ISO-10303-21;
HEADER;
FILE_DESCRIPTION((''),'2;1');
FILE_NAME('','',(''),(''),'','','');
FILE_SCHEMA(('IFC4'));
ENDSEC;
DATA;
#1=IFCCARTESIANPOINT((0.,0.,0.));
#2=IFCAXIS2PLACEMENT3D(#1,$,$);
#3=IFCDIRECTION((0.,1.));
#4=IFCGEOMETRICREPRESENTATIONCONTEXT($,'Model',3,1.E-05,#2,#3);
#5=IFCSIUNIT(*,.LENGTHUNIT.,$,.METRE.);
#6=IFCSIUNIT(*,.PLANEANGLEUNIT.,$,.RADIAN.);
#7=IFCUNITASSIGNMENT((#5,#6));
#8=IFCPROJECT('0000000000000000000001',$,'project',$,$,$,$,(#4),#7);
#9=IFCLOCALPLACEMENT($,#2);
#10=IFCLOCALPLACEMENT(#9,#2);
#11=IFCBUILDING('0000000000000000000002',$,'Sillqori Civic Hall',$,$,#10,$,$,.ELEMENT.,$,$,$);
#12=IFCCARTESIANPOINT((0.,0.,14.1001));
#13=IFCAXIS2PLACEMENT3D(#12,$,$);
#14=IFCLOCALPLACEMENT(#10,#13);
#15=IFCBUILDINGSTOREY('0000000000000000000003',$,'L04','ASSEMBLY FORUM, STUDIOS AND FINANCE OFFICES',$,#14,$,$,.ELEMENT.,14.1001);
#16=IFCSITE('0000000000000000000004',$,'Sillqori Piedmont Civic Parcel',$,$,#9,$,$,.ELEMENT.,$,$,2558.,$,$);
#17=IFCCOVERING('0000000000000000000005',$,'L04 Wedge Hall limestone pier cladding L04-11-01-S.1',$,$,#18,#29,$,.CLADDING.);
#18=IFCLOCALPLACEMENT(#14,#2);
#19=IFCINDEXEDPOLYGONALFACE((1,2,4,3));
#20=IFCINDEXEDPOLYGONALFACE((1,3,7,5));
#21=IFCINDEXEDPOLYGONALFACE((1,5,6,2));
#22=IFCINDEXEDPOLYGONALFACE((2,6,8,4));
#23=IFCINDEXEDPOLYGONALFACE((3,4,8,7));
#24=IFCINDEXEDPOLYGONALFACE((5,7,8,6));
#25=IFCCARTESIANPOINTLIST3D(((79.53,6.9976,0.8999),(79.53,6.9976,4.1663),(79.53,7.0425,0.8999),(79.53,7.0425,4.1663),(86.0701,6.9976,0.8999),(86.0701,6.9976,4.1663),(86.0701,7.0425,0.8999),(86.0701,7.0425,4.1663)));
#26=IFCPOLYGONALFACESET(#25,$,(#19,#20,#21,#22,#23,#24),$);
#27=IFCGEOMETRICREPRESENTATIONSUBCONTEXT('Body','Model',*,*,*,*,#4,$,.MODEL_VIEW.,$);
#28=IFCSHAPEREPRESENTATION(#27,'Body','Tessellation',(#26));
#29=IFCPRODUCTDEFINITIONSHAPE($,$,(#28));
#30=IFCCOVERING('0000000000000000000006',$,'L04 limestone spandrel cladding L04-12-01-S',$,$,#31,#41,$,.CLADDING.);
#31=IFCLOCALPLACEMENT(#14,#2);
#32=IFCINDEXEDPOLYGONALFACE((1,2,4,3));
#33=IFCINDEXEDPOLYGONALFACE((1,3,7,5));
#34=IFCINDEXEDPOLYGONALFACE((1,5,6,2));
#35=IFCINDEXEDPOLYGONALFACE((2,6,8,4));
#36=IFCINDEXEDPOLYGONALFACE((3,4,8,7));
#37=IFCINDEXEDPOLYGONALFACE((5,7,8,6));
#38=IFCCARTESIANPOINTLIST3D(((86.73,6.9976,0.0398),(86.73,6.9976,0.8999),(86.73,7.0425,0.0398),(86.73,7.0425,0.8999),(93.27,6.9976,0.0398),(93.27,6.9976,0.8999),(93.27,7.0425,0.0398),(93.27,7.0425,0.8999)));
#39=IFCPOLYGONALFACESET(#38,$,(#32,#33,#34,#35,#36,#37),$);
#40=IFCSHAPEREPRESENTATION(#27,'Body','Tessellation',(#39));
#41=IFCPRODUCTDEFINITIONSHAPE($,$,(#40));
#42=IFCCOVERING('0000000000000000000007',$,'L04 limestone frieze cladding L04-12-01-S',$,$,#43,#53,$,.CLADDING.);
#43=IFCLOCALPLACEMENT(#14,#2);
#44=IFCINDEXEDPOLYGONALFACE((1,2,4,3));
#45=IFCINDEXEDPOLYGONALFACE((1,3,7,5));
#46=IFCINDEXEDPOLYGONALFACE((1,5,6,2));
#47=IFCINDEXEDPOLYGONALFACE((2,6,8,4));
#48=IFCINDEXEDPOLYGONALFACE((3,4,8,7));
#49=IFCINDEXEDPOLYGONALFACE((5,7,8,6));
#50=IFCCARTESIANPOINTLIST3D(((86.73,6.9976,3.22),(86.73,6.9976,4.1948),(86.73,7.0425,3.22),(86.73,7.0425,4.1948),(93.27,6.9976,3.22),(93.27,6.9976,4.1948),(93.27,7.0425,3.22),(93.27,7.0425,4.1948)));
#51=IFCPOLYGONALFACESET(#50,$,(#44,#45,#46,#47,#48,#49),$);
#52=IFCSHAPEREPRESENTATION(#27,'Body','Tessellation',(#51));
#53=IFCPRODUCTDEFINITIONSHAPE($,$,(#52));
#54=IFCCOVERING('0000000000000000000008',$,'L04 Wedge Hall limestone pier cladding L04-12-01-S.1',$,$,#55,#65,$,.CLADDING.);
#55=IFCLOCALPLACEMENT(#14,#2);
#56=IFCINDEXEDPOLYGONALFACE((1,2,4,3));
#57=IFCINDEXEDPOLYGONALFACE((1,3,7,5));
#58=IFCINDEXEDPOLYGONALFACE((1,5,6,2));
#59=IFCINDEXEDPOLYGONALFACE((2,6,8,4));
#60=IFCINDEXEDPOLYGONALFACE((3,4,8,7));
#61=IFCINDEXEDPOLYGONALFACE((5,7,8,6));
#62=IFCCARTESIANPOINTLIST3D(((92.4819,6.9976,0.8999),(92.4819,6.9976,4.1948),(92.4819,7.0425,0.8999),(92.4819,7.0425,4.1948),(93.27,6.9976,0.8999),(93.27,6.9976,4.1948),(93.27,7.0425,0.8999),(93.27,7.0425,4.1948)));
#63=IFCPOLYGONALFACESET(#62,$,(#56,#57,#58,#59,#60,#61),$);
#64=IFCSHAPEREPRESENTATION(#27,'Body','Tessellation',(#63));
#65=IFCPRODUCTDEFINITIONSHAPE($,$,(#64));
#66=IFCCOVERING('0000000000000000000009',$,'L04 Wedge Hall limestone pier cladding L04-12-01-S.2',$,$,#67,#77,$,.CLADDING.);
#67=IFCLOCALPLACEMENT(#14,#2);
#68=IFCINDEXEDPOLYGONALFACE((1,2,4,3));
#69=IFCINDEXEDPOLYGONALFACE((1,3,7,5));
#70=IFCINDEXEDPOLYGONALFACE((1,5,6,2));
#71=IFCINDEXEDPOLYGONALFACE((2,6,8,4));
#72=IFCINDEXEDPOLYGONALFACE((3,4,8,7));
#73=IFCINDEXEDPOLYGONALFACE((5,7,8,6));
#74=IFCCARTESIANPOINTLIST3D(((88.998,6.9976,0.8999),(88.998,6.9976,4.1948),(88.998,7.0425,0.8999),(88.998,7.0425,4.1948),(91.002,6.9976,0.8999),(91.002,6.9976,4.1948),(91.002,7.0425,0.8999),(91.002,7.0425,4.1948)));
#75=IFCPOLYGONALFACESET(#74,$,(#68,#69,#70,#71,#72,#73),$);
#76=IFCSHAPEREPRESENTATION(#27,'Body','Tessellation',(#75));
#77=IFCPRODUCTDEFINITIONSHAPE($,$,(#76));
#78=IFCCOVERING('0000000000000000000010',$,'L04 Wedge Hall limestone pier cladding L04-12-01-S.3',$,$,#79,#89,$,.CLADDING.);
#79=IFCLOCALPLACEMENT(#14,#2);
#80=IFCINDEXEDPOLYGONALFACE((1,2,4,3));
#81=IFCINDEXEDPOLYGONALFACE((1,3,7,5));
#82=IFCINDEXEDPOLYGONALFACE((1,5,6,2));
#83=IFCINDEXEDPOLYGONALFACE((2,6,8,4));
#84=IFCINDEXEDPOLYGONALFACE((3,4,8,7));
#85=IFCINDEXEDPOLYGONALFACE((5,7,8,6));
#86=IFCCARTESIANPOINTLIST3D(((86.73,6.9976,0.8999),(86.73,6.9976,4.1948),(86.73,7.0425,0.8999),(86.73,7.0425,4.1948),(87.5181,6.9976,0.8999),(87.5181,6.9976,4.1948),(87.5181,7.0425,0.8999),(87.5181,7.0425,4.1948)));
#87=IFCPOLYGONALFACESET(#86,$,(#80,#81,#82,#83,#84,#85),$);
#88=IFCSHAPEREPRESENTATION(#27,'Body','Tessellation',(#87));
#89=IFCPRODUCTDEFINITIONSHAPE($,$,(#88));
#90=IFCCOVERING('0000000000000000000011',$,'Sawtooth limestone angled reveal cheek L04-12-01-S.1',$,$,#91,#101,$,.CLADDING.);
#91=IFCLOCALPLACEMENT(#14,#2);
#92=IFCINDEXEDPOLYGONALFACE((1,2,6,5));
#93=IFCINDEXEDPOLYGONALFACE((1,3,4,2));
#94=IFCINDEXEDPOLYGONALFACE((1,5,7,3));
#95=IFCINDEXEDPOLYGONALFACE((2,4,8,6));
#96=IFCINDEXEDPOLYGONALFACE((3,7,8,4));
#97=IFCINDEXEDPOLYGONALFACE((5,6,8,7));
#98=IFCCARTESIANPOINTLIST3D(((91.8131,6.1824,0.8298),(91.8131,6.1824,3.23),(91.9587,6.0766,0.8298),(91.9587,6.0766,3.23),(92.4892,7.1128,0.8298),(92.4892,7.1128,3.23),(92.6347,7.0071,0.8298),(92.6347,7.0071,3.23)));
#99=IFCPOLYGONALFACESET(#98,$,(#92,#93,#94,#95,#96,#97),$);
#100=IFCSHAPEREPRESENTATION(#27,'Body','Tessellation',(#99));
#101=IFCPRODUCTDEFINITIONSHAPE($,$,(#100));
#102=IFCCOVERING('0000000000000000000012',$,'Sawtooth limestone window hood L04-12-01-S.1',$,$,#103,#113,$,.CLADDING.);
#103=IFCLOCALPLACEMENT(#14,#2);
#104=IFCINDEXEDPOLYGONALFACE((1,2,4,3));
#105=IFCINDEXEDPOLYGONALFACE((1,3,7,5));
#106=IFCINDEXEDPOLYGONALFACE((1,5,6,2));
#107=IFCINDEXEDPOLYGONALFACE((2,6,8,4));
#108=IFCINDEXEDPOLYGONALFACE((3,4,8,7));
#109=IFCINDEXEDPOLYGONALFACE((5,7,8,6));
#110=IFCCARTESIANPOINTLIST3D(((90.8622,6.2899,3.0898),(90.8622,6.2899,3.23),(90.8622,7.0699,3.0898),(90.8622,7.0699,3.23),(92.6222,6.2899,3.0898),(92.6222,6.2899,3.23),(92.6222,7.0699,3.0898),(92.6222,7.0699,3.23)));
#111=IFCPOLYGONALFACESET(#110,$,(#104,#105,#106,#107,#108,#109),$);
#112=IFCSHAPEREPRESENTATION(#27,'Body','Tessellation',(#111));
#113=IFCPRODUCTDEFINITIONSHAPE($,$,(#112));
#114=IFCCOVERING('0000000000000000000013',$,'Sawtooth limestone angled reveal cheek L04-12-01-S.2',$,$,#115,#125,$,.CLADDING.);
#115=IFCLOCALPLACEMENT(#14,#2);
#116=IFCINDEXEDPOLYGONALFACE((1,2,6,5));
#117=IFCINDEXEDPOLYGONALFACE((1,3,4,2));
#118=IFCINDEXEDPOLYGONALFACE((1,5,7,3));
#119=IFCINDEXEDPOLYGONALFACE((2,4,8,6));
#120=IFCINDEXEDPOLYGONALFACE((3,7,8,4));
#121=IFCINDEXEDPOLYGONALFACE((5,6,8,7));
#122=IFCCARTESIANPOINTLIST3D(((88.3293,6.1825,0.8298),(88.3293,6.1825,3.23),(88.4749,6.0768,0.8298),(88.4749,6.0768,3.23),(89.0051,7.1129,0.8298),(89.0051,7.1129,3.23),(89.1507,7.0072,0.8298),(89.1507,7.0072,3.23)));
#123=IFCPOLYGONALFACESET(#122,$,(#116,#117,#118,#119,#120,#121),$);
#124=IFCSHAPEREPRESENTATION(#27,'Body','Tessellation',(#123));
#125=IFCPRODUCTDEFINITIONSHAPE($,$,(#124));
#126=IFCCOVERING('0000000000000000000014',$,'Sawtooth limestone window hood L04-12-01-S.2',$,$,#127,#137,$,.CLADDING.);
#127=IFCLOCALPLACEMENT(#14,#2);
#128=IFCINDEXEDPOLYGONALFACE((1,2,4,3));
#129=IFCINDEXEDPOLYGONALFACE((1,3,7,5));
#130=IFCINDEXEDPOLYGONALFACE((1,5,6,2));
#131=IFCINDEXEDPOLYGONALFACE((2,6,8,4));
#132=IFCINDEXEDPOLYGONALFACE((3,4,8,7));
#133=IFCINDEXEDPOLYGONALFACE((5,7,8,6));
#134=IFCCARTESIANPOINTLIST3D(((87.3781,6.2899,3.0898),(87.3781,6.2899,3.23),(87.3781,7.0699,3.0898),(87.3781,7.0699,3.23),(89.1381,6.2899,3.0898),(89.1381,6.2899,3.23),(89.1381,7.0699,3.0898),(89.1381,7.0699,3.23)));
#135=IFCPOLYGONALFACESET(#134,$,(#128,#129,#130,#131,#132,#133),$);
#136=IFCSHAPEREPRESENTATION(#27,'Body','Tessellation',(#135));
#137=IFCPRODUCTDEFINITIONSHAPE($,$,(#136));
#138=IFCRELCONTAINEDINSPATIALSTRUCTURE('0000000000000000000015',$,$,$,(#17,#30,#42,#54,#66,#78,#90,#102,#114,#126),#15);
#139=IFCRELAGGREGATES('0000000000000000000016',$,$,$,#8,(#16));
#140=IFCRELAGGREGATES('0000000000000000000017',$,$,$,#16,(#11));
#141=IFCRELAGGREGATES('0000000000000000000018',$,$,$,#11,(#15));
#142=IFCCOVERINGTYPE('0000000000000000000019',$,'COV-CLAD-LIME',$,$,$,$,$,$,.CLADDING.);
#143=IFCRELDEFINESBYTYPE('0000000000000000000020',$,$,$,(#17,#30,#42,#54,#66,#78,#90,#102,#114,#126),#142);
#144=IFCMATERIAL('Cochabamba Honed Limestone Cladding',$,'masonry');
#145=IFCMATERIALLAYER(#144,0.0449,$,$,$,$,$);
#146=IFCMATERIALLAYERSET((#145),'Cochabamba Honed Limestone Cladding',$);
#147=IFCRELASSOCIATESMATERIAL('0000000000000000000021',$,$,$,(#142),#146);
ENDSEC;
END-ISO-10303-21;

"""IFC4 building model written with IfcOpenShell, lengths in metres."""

from ifc_helpers import new_model, si_unit, direction, frame, frame_2d, origin, place, context, subcontext, project, spatial, rectangle, extrude, material, layer, layer_set, type_object, element, save


model = new_model("IFC4")

# Units and contexts
model_context = context("Model", 3, precision=1e-05, world=origin(), true_north=direction((0.0, 1.0)))
body_context = subcontext(model_context, "Body", "Model", "MODEL_VIEW")
ifc_project = project(units=[si_unit("LENGTHUNIT", "METRE"), si_unit("PLANEANGLEUNIT", "RADIAN")], contexts=[model_context])

# Site, building, storey
site_placement = place(None, origin())
site = spatial("IfcSite", under=ifc_project, at=site_placement, Name="Sillqori Piedmont Civic Parcel", CompositionType="ELEMENT", RefElevation=2558.0)
building_placement = place(site_placement, origin())
building = spatial("IfcBuilding", under=site, at=building_placement, Name="Sillqori Civic Hall", CompositionType="ELEMENT")
storey_placement = place(building_placement, frame((0.0, 0.0, 14.1001)))
storey = spatial("IfcBuildingStorey", under=building, at=storey_placement, Name="L04", Description="ASSEMBLY FORUM, STUDIOS AND FINANCE OFFICES", CompositionType="ELEMENT", Elevation=14.1001)

# Coverings
ifc_material_1 = material(Name="Cochabamba Honed Limestone Cladding", Category="masonry")
ifc_layer_1 = layer(ifc_material_1, 0.0449)
ifc_layer_set_1 = layer_set([ifc_layer_1], Name="Cochabamba Honed Limestone Cladding")
covering_type = type_object("IfcCoveringType", Name="COV-CLAD-LIME", PredefinedType="CLADDING", material=ifc_layer_set_1)
covering_1_placement = place(storey_placement, frame((86.0701, 7.02, 0.8999), z_axis=(0.0, 0.0, 1.0), x_axis=(-1.0, 0.0, 0.0)))
element("IfcCovering", 1, at=covering_1_placement, inside=storey, type_object=covering_type, Name="L04 Wedge Hall limestone pier cladding L04-11-01-S.1", PredefinedType="CLADDING", context=body_context, shape_type="SweptSolid", body=[
    extrude(rectangle(XDim=6.54, YDim=0.0449, at=frame_2d((3.27, 0.0))), origin(), (0.0, 0.0, 1.0), 3.2664),
])
covering_2_placement = place(storey_placement, frame((93.27, 7.02, 0.0398), z_axis=(0.0, 0.0, 1.0), x_axis=(-1.0, 0.0, 0.0)))
element("IfcCovering", 2, at=covering_2_placement, inside=storey, type_object=covering_type, Name="L04 limestone spandrel cladding L04-12-01-S", PredefinedType="CLADDING", context=body_context, shape_type="SweptSolid", body=[
    extrude(rectangle(XDim=6.54, YDim=0.0449, at=frame_2d((3.27, 0.0))), origin(), (0.0, 0.0, 1.0), 0.8601),
])
covering_3_placement = place(storey_placement, frame((93.27, 7.02, 3.22), z_axis=(0.0, 0.0, 1.0), x_axis=(-1.0, 0.0, 0.0)))
element("IfcCovering", 3, at=covering_3_placement, inside=storey, type_object=covering_type, Name="L04 limestone frieze cladding L04-12-01-S", PredefinedType="CLADDING", context=body_context, shape_type="SweptSolid", body=[
    extrude(rectangle(XDim=6.54, YDim=0.0449, at=frame_2d((3.27, 0.0))), origin(), (0.0, 0.0, 1.0), 0.9749),
])
covering_4_placement = place(storey_placement, frame((93.27, 7.02, 0.8999), z_axis=(0.0, 0.0, 1.0), x_axis=(-1.0, 0.0, 0.0)))
element("IfcCovering", 4, at=covering_4_placement, inside=storey, type_object=covering_type, Name="L04 Wedge Hall limestone pier cladding L04-12-01-S.1", PredefinedType="CLADDING", context=body_context, shape_type="SweptSolid", body=[
    extrude(rectangle(XDim=0.7881, YDim=0.0449, at=frame_2d((0.394, 0.0))), origin(), (0.0, 0.0, 1.0), 3.2949),
])
covering_5_placement = place(storey_placement, frame((91.002, 7.02, 0.8999), z_axis=(0.0, 0.0, 1.0), x_axis=(-1.0, 0.0, 0.0)))
element("IfcCovering", 5, at=covering_5_placement, inside=storey, type_object=covering_type, Name="L04 Wedge Hall limestone pier cladding L04-12-01-S.2", PredefinedType="CLADDING", context=body_context, shape_type="SweptSolid", body=[
    extrude(rectangle(XDim=2.0039, YDim=0.0449, at=frame_2d((1.002, 0.0))), origin(), (0.0, 0.0, 1.0), 3.2949),
])
covering_6_placement = place(storey_placement, frame((87.5181, 7.02, 0.8999), z_axis=(0.0, 0.0, 1.0), x_axis=(-1.0, 0.0, 0.0)))
element("IfcCovering", 6, at=covering_6_placement, inside=storey, type_object=covering_type, Name="L04 Wedge Hall limestone pier cladding L04-12-01-S.3", PredefinedType="CLADDING", context=body_context, shape_type="SweptSolid", body=[
    extrude(rectangle(XDim=0.7881, YDim=0.0449, at=frame_2d((0.394, 0.0))), origin(), (0.0, 0.0, 1.0), 3.2949),
])
covering_7_placement = place(storey_placement, frame((92.562, 7.0601, 0.8298), z_axis=(0.0, 0.0, 1.0), x_axis=(-0.587806, -0.809002, 0.0)))
element("IfcCovering", 7, at=covering_7_placement, inside=storey, type_object=covering_type, Name="Sawtooth limestone angled reveal cheek L04-12-01-S.1", PredefinedType="CLADDING", context=body_context, shape_type="SweptSolid", body=[
    extrude(rectangle(XDim=1.1501, YDim=0.1799, at=frame_2d((0.5752, 0.0))), origin(), (0.0, 0.0, 1.0), 2.4001),
])
covering_8_placement = place(storey_placement, frame((92.6221, 6.6799, 3.0898), z_axis=(0.0, 0.0, 1.0), x_axis=(-1.0, 0.0, 0.0)))
element("IfcCovering", 8, at=covering_8_placement, inside=storey, type_object=covering_type, Name="Sawtooth limestone window hood L04-12-01-S.1", PredefinedType="CLADDING", context=body_context, shape_type="SweptSolid", body=[
    extrude(rectangle(XDim=1.76, YDim=0.78, at=frame_2d((0.8799, 0.0))), origin(), (0.0, 0.0, 1.0), 0.1401),
])
covering_9_placement = place(storey_placement, frame((89.0779, 7.0601, 0.8298), z_axis=(0.0, 0.0, 1.0), x_axis=(-0.587667, -0.809103, 0.0)))
element("IfcCovering", 9, at=covering_9_placement, inside=storey, type_object=covering_type, Name="Sawtooth limestone angled reveal cheek L04-12-01-S.2", PredefinedType="CLADDING", context=body_context, shape_type="SweptSolid", body=[
    extrude(rectangle(XDim=1.1499, YDim=0.1799, at=frame_2d((0.575, 0.0))), origin(), (0.0, 0.0, 1.0), 2.4001),
])
covering_10_placement = place(storey_placement, frame((89.1379, 6.6799, 3.0898), z_axis=(0.0, 0.0, 1.0), x_axis=(-1.0, 0.0, 0.0)))
element("IfcCovering", 10, at=covering_10_placement, inside=storey, type_object=covering_type, Name="Sawtooth limestone window hood L04-12-01-S.2", PredefinedType="CLADDING", context=body_context, shape_type="SweptSolid", body=[
    extrude(rectangle(XDim=1.76, YDim=0.78, at=frame_2d((0.8799, 0.0))), origin(), (0.0, 0.0, 1.0), 0.1401),
])

save(model, "model.ifc")
